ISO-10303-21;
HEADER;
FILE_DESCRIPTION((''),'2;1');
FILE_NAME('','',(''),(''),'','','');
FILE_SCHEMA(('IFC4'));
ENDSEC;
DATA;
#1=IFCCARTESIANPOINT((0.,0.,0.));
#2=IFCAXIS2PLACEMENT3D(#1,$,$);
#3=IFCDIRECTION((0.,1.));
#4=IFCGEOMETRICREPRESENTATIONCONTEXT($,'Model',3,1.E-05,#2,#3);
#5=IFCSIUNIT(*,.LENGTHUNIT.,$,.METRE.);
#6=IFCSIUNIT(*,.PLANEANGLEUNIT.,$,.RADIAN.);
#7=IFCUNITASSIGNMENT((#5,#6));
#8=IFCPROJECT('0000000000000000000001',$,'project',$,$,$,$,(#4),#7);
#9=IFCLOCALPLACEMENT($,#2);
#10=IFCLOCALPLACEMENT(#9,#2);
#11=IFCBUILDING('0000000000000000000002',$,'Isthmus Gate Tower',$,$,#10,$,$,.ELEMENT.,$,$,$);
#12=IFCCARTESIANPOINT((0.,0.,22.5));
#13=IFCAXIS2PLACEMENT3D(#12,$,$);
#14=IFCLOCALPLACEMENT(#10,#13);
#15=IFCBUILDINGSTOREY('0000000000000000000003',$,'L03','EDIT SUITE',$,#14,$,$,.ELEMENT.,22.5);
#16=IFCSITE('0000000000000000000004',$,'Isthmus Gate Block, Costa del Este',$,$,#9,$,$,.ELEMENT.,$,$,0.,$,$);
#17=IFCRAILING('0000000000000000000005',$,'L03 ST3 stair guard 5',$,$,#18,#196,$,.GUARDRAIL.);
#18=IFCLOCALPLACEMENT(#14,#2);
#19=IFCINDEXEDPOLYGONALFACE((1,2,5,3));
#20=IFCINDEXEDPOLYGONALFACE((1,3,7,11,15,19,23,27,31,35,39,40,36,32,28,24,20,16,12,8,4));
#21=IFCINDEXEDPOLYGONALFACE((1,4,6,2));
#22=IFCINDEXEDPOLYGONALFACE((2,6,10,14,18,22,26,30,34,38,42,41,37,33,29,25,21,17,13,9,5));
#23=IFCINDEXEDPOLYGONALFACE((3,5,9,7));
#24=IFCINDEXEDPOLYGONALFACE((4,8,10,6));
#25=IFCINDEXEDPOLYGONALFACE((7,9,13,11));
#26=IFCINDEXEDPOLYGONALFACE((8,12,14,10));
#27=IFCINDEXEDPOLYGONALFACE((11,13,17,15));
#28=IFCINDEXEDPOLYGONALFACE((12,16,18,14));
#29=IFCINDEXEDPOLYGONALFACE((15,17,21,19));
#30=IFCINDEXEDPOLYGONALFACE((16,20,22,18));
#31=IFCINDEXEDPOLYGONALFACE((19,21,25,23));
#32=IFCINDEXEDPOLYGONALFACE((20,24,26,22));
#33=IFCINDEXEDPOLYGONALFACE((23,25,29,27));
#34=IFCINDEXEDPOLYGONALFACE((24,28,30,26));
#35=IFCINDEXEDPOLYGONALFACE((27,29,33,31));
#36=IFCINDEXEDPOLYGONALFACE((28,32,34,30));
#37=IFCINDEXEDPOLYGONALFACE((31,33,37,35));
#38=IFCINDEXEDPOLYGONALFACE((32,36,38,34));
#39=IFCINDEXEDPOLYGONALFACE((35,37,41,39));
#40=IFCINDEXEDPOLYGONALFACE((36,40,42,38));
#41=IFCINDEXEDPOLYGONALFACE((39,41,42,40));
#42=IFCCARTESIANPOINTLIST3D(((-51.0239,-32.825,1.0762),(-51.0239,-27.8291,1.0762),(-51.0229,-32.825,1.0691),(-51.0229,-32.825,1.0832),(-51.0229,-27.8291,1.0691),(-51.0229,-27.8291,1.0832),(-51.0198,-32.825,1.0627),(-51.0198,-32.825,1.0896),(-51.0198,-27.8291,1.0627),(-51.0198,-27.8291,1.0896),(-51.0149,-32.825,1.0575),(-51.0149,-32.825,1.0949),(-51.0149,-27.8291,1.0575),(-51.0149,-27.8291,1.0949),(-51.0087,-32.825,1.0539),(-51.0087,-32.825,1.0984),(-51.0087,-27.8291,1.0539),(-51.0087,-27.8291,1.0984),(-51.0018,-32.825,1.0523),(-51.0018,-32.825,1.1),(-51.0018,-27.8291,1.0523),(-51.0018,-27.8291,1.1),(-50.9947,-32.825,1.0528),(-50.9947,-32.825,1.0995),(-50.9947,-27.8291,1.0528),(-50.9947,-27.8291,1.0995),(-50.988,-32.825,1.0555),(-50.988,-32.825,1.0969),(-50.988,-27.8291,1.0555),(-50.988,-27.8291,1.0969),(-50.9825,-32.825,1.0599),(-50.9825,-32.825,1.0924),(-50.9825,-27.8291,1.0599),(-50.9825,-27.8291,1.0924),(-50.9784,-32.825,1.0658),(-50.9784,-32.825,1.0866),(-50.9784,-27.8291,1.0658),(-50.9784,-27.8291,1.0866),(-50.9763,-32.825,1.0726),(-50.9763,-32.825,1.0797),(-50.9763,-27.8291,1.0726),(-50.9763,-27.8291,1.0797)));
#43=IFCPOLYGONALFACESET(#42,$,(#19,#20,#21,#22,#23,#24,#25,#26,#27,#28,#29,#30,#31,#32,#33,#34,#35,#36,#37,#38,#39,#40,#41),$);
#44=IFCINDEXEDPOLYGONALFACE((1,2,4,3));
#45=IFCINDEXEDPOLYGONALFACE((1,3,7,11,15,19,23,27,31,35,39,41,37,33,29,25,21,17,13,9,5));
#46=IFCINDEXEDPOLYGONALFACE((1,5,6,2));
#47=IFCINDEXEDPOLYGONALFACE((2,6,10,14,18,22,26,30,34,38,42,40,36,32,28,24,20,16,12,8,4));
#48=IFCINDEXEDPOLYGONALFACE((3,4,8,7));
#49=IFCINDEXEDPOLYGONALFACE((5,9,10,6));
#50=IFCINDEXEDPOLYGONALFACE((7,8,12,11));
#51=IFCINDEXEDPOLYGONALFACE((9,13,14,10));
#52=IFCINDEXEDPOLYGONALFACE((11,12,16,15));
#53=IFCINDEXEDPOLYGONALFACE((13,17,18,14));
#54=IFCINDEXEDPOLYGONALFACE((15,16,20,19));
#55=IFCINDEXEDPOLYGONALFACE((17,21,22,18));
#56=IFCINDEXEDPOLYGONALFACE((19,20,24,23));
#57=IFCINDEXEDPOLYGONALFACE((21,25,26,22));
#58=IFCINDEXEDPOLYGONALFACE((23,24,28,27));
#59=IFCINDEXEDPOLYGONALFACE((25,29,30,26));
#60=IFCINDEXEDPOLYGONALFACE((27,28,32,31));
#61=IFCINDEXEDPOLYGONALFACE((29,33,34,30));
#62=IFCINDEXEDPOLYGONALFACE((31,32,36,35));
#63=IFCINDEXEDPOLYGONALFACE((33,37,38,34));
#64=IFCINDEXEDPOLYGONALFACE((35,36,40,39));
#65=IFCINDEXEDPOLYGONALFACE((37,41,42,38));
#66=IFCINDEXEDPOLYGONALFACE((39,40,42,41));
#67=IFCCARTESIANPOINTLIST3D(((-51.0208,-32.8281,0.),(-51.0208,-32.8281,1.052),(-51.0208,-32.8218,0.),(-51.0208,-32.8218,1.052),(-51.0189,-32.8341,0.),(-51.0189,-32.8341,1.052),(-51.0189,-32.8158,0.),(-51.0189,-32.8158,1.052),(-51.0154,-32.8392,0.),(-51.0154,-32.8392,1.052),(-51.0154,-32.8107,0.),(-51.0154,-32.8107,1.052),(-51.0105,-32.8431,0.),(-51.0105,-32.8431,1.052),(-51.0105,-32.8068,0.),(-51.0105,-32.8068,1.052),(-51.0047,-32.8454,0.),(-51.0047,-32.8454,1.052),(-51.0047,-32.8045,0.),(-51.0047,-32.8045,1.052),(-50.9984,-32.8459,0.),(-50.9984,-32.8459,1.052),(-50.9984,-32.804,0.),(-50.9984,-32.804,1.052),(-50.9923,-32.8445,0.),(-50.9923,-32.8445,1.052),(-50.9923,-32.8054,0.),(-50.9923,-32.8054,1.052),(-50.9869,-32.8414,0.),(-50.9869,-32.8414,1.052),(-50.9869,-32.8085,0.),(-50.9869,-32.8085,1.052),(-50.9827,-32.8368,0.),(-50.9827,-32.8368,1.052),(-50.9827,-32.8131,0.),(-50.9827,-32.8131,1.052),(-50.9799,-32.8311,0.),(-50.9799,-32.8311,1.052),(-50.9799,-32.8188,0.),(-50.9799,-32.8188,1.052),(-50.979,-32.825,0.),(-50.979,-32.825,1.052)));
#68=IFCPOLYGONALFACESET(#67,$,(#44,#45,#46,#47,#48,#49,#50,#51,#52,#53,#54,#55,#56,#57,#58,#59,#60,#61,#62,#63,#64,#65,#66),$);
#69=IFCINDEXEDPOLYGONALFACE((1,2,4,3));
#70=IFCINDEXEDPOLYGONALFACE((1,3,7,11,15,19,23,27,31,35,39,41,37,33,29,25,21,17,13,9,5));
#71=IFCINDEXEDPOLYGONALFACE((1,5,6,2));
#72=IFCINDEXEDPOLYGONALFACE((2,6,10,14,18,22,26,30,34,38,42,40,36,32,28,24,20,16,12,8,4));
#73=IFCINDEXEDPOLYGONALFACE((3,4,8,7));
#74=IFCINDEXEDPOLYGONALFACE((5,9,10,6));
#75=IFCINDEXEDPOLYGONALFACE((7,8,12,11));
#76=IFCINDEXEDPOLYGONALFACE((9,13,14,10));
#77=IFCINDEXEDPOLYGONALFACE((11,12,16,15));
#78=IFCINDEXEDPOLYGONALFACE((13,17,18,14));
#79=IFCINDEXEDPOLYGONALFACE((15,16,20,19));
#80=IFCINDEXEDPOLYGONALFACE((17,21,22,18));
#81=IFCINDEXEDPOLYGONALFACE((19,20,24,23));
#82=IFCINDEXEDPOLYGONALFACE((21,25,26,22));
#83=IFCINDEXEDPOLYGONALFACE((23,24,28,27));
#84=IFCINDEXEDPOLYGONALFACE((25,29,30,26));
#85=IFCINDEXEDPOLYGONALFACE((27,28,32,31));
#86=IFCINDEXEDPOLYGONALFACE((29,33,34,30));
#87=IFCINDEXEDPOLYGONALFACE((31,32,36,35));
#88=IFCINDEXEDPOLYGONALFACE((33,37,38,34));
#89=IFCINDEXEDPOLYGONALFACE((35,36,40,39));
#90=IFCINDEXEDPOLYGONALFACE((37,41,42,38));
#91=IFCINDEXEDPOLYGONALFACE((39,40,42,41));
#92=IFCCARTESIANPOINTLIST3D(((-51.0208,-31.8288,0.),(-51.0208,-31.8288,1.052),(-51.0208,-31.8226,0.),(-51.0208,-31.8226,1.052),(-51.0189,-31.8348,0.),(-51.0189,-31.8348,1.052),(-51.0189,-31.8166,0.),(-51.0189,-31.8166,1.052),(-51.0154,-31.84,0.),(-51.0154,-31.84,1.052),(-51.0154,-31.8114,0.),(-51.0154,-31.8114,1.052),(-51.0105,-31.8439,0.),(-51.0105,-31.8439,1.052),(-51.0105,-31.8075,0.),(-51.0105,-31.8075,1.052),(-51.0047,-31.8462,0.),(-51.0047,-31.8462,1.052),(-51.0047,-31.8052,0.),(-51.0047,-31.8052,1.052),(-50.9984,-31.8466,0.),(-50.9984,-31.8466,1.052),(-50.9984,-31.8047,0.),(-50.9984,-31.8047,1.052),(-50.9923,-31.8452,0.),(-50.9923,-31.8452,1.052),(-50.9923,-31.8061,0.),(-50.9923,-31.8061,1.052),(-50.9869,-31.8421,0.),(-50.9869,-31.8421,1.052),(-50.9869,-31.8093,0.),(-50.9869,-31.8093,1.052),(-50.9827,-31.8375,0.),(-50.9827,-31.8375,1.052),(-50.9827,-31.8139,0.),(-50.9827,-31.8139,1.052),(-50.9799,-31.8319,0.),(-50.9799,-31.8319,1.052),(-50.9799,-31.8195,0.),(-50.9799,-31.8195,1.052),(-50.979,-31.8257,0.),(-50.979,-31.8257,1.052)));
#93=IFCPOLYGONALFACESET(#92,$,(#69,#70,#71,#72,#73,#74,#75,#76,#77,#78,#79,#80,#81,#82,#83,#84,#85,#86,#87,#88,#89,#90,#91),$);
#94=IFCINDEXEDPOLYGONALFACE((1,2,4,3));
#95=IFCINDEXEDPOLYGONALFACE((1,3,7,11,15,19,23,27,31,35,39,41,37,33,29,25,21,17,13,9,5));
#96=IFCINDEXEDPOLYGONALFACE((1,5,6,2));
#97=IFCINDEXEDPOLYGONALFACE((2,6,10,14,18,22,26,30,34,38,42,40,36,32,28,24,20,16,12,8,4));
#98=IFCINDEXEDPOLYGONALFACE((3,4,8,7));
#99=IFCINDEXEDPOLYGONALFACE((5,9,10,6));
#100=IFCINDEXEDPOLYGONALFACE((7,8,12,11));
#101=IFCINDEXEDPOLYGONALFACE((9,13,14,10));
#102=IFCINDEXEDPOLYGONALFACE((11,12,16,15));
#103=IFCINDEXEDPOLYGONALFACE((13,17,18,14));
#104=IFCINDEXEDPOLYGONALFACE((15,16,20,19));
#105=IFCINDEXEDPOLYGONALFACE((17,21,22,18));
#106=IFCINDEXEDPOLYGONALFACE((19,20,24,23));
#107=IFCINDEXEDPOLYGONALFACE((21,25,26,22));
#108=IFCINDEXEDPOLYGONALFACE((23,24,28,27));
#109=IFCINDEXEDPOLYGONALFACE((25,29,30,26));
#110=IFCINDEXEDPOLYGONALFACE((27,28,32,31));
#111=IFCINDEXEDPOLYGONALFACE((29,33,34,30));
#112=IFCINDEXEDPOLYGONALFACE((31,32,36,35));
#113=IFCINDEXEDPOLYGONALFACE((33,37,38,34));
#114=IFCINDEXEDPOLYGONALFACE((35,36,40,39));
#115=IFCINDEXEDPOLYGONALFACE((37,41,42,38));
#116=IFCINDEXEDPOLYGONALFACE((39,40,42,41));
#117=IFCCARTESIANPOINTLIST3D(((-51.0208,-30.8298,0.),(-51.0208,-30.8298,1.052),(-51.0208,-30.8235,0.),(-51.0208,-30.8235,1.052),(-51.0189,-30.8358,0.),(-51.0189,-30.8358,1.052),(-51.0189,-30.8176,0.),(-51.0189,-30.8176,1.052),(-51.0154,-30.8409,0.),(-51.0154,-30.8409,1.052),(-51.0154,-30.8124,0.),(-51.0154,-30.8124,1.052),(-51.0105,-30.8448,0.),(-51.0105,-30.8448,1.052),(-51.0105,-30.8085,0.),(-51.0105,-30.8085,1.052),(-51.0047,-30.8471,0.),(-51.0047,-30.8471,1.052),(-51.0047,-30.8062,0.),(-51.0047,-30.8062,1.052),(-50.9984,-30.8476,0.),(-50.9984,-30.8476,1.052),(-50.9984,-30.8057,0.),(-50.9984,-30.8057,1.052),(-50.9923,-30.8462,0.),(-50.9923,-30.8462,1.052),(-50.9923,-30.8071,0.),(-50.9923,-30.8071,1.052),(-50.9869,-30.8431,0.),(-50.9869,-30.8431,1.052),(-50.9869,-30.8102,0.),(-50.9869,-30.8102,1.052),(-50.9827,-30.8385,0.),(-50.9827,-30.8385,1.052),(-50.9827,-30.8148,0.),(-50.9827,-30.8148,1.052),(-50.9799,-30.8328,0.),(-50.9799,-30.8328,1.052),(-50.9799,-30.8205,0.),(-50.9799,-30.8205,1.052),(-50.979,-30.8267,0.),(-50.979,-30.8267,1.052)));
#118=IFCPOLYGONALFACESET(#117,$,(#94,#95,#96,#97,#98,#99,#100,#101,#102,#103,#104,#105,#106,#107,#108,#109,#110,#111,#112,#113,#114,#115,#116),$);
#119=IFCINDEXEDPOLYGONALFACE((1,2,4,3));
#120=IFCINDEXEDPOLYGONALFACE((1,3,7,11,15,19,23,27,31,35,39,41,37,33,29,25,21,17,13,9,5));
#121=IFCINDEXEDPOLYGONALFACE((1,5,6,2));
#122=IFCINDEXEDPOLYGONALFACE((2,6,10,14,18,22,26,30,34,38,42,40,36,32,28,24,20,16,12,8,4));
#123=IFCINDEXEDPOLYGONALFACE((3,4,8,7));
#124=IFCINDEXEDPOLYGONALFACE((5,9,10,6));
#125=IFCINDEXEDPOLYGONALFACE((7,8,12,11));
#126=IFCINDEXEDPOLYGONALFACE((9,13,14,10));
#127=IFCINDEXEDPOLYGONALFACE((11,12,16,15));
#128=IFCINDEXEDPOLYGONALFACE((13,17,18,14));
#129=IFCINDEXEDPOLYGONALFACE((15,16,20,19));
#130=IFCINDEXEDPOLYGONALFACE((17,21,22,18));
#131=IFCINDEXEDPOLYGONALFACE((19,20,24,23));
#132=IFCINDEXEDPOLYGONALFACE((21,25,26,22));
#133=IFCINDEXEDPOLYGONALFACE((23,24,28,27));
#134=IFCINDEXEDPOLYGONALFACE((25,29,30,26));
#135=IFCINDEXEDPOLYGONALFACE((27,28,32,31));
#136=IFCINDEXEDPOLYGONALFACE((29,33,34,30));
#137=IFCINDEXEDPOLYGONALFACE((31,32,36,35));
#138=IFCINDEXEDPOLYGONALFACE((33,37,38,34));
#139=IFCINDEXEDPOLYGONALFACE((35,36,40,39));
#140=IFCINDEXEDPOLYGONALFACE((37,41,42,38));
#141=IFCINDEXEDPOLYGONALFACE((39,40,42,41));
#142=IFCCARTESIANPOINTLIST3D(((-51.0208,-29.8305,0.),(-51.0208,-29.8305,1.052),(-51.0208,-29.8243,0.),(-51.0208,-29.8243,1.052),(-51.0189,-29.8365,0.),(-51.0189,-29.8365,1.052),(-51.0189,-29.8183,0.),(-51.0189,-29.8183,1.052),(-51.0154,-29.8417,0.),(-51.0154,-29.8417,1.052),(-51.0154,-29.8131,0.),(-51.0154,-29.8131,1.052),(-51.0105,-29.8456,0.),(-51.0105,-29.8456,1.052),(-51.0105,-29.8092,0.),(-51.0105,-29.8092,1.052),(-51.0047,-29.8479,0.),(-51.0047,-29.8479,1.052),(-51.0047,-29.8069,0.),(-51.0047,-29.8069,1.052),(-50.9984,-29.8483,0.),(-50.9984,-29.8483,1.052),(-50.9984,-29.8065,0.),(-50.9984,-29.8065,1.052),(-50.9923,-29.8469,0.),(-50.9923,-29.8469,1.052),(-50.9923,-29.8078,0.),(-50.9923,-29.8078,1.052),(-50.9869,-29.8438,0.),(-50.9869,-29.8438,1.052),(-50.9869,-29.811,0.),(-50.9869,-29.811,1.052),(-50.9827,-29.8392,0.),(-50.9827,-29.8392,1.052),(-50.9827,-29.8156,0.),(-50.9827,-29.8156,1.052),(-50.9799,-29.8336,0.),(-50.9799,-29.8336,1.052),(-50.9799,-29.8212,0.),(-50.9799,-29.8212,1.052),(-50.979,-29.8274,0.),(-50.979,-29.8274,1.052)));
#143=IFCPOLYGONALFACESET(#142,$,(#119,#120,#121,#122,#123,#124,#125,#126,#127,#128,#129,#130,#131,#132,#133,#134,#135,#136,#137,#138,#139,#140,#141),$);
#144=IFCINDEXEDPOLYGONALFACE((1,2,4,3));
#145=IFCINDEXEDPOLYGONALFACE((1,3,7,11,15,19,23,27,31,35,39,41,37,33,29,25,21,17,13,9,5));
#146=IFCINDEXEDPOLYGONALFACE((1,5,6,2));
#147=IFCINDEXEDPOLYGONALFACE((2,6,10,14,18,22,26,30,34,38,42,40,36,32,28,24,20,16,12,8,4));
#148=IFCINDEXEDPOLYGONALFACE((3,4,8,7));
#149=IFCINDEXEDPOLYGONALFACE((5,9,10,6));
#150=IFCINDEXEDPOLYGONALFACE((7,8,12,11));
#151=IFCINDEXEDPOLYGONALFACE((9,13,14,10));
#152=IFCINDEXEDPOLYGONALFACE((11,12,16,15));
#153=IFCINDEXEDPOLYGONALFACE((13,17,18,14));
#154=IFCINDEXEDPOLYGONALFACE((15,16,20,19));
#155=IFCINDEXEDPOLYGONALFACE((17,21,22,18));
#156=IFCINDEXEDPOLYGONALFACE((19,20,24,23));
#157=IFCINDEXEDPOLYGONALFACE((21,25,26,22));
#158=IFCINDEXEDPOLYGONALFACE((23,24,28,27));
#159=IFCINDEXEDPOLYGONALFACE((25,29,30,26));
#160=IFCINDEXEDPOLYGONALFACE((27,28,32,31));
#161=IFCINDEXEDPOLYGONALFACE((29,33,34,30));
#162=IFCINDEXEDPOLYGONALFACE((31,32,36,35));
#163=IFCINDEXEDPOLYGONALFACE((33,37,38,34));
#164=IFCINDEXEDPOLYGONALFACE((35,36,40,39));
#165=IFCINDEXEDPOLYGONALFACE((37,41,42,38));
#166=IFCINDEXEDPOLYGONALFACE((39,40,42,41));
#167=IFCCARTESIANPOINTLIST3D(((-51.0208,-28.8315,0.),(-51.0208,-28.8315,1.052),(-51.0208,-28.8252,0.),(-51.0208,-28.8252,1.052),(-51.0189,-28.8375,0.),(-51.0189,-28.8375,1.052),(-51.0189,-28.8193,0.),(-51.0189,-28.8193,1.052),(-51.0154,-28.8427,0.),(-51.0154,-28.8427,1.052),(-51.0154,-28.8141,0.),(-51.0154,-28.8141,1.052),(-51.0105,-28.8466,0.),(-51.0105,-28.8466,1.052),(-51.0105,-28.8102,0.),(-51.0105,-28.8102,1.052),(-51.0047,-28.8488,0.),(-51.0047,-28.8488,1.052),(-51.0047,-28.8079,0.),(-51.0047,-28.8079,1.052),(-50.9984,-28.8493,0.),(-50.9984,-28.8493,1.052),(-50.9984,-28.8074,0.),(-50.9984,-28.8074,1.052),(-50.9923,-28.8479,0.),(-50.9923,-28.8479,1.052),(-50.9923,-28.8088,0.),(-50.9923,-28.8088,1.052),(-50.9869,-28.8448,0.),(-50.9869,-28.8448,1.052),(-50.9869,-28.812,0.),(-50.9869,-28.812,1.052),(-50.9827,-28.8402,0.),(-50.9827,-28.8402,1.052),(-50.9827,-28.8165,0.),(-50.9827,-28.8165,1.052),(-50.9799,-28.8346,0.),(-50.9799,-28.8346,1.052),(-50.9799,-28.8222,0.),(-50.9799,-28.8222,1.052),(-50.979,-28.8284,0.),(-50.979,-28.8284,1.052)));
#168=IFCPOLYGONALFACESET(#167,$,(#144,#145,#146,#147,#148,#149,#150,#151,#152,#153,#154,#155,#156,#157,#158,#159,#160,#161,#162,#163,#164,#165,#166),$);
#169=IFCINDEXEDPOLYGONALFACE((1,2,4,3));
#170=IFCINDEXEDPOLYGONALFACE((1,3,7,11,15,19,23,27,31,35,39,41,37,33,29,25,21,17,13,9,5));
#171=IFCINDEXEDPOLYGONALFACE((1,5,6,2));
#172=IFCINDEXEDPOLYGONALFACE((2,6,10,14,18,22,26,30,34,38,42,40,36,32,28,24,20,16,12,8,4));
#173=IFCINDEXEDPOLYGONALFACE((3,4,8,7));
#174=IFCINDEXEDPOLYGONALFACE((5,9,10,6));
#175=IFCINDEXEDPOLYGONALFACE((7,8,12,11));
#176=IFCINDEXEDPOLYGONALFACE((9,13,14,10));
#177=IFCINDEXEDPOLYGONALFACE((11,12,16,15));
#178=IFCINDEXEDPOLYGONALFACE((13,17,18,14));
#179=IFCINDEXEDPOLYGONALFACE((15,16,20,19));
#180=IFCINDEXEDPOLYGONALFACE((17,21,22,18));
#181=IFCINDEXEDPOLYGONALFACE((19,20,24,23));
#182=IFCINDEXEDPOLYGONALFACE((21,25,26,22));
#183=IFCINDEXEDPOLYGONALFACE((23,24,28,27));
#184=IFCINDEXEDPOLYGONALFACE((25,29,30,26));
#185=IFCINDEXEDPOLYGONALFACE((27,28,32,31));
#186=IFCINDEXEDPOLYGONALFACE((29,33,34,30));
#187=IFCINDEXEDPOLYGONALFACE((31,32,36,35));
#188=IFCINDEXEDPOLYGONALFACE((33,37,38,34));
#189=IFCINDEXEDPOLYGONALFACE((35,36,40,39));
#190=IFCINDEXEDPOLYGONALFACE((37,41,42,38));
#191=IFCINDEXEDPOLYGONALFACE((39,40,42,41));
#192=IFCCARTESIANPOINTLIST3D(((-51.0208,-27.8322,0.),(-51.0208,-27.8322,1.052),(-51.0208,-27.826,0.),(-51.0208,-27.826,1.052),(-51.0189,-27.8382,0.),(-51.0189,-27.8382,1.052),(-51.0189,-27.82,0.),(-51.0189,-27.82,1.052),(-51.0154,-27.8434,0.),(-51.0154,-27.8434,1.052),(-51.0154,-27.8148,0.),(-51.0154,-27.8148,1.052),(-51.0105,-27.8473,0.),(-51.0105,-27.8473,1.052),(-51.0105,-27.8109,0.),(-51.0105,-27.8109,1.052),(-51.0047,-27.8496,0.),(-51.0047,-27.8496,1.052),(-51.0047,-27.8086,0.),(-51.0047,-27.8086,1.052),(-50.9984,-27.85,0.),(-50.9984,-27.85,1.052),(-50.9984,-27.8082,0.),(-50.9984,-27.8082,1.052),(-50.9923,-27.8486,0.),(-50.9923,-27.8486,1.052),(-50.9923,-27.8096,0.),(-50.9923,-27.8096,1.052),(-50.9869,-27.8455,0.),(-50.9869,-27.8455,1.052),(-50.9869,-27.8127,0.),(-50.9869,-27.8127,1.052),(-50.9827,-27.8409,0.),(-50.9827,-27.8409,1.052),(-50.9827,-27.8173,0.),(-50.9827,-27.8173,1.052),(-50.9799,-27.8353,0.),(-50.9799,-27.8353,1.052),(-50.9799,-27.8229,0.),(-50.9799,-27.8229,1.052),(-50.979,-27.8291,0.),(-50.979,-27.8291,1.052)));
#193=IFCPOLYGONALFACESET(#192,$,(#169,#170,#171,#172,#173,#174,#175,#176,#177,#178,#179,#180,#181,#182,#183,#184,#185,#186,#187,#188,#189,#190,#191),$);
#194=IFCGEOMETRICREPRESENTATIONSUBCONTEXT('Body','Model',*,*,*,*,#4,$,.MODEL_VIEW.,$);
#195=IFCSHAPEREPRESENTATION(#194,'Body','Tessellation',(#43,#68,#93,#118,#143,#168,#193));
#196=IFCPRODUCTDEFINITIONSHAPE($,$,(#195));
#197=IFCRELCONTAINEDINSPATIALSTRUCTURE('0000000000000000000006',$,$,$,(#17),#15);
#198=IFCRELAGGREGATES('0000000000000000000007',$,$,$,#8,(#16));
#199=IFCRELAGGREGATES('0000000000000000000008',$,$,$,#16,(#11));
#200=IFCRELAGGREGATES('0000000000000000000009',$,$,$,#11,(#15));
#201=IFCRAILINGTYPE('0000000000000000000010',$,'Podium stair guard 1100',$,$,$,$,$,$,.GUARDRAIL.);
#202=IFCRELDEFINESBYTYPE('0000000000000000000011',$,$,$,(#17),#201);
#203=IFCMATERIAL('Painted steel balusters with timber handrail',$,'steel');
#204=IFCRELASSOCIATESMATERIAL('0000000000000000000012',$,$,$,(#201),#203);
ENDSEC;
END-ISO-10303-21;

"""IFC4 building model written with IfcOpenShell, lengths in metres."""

from ifc_helpers import new_model, si_unit, direction, frame, origin, origin_2d, place, context, subcontext, project, spatial, circle, extrude, material, type_object, element, save


model = new_model("IFC4")

# Units and contexts
model_context = context("Model", 3, precision=1e-05, world=origin(), true_north=direction((0.0, 1.0)))
body_context = subcontext(model_context, "Body", "Model", "MODEL_VIEW")
ifc_project = project(units=[si_unit("LENGTHUNIT", "METRE"), si_unit("PLANEANGLEUNIT", "RADIAN")], contexts=[model_context])

# Site, building, storey
site_placement = place(None, origin())
site = spatial("IfcSite", under=ifc_project, at=site_placement, Name="Isthmus Gate Block, Costa del Este", CompositionType="ELEMENT", RefElevation=0.0)
building_placement = place(site_placement, origin())
building = spatial("IfcBuilding", under=site, at=building_placement, Name="Isthmus Gate Tower", CompositionType="ELEMENT")
storey_placement = place(building_placement, frame((0.0, 0.0, 22.5)))
storey = spatial("IfcBuildingStorey", under=building, at=storey_placement, Name="L03", Description="EDIT SUITE", CompositionType="ELEMENT", Elevation=22.5)

# Railing
ifc_material_1 = material(Name="Painted steel balusters with timber handrail", Category="steel")
railing_type_1 = type_object("IfcRailingType", Name="Podium stair guard 1100", PredefinedType="GUARDRAIL", material=ifc_material_1)
railing_1_placement = place(storey_placement, frame((-51.0, -32.825, 0.0)))
element("IfcRailing", 1, at=railing_1_placement, inside=storey, type_object=railing_type_1, Name="L03 ST3 stair guard 5", PredefinedType="GUARDRAIL", context=body_context, shape_type="SweptSolid", body=[
    extrude(circle(Radius=0.0239, at=origin_2d()), frame((0.0, 0.0, 1.0762), z_axis=(0.0, 1.0, 0.0), x_axis=(-1.0, 0.0, 0.0)), (0.0, 0.0, 1.0), 4.9958),
    extrude(circle(Radius=0.021, at=origin_2d()), origin(), (0.0, 0.0, 1.0), 1.052),
    extrude(circle(Radius=0.021, at=origin_2d()), frame((0.0, 0.9993, 0.0)), (0.0, 0.0, 1.0), 1.052),
    extrude(circle(Radius=0.021, at=origin_2d()), frame((0.0, 1.9983, 0.0)), (0.0, 0.0, 1.0), 1.052),
    extrude(circle(Radius=0.021, at=origin_2d()), frame((0.0, 2.9976, 0.0)), (0.0, 0.0, 1.0), 1.052),
    extrude(circle(Radius=0.021, at=origin_2d()), frame((0.0, 3.9966, 0.0)), (0.0, 0.0, 1.0), 1.052),
    extrude(circle(Radius=0.021, at=origin_2d()), frame((0.0, 4.9958, 0.0)), (0.0, 0.0, 1.0), 1.052),
])

save(model, "model.ifc")
